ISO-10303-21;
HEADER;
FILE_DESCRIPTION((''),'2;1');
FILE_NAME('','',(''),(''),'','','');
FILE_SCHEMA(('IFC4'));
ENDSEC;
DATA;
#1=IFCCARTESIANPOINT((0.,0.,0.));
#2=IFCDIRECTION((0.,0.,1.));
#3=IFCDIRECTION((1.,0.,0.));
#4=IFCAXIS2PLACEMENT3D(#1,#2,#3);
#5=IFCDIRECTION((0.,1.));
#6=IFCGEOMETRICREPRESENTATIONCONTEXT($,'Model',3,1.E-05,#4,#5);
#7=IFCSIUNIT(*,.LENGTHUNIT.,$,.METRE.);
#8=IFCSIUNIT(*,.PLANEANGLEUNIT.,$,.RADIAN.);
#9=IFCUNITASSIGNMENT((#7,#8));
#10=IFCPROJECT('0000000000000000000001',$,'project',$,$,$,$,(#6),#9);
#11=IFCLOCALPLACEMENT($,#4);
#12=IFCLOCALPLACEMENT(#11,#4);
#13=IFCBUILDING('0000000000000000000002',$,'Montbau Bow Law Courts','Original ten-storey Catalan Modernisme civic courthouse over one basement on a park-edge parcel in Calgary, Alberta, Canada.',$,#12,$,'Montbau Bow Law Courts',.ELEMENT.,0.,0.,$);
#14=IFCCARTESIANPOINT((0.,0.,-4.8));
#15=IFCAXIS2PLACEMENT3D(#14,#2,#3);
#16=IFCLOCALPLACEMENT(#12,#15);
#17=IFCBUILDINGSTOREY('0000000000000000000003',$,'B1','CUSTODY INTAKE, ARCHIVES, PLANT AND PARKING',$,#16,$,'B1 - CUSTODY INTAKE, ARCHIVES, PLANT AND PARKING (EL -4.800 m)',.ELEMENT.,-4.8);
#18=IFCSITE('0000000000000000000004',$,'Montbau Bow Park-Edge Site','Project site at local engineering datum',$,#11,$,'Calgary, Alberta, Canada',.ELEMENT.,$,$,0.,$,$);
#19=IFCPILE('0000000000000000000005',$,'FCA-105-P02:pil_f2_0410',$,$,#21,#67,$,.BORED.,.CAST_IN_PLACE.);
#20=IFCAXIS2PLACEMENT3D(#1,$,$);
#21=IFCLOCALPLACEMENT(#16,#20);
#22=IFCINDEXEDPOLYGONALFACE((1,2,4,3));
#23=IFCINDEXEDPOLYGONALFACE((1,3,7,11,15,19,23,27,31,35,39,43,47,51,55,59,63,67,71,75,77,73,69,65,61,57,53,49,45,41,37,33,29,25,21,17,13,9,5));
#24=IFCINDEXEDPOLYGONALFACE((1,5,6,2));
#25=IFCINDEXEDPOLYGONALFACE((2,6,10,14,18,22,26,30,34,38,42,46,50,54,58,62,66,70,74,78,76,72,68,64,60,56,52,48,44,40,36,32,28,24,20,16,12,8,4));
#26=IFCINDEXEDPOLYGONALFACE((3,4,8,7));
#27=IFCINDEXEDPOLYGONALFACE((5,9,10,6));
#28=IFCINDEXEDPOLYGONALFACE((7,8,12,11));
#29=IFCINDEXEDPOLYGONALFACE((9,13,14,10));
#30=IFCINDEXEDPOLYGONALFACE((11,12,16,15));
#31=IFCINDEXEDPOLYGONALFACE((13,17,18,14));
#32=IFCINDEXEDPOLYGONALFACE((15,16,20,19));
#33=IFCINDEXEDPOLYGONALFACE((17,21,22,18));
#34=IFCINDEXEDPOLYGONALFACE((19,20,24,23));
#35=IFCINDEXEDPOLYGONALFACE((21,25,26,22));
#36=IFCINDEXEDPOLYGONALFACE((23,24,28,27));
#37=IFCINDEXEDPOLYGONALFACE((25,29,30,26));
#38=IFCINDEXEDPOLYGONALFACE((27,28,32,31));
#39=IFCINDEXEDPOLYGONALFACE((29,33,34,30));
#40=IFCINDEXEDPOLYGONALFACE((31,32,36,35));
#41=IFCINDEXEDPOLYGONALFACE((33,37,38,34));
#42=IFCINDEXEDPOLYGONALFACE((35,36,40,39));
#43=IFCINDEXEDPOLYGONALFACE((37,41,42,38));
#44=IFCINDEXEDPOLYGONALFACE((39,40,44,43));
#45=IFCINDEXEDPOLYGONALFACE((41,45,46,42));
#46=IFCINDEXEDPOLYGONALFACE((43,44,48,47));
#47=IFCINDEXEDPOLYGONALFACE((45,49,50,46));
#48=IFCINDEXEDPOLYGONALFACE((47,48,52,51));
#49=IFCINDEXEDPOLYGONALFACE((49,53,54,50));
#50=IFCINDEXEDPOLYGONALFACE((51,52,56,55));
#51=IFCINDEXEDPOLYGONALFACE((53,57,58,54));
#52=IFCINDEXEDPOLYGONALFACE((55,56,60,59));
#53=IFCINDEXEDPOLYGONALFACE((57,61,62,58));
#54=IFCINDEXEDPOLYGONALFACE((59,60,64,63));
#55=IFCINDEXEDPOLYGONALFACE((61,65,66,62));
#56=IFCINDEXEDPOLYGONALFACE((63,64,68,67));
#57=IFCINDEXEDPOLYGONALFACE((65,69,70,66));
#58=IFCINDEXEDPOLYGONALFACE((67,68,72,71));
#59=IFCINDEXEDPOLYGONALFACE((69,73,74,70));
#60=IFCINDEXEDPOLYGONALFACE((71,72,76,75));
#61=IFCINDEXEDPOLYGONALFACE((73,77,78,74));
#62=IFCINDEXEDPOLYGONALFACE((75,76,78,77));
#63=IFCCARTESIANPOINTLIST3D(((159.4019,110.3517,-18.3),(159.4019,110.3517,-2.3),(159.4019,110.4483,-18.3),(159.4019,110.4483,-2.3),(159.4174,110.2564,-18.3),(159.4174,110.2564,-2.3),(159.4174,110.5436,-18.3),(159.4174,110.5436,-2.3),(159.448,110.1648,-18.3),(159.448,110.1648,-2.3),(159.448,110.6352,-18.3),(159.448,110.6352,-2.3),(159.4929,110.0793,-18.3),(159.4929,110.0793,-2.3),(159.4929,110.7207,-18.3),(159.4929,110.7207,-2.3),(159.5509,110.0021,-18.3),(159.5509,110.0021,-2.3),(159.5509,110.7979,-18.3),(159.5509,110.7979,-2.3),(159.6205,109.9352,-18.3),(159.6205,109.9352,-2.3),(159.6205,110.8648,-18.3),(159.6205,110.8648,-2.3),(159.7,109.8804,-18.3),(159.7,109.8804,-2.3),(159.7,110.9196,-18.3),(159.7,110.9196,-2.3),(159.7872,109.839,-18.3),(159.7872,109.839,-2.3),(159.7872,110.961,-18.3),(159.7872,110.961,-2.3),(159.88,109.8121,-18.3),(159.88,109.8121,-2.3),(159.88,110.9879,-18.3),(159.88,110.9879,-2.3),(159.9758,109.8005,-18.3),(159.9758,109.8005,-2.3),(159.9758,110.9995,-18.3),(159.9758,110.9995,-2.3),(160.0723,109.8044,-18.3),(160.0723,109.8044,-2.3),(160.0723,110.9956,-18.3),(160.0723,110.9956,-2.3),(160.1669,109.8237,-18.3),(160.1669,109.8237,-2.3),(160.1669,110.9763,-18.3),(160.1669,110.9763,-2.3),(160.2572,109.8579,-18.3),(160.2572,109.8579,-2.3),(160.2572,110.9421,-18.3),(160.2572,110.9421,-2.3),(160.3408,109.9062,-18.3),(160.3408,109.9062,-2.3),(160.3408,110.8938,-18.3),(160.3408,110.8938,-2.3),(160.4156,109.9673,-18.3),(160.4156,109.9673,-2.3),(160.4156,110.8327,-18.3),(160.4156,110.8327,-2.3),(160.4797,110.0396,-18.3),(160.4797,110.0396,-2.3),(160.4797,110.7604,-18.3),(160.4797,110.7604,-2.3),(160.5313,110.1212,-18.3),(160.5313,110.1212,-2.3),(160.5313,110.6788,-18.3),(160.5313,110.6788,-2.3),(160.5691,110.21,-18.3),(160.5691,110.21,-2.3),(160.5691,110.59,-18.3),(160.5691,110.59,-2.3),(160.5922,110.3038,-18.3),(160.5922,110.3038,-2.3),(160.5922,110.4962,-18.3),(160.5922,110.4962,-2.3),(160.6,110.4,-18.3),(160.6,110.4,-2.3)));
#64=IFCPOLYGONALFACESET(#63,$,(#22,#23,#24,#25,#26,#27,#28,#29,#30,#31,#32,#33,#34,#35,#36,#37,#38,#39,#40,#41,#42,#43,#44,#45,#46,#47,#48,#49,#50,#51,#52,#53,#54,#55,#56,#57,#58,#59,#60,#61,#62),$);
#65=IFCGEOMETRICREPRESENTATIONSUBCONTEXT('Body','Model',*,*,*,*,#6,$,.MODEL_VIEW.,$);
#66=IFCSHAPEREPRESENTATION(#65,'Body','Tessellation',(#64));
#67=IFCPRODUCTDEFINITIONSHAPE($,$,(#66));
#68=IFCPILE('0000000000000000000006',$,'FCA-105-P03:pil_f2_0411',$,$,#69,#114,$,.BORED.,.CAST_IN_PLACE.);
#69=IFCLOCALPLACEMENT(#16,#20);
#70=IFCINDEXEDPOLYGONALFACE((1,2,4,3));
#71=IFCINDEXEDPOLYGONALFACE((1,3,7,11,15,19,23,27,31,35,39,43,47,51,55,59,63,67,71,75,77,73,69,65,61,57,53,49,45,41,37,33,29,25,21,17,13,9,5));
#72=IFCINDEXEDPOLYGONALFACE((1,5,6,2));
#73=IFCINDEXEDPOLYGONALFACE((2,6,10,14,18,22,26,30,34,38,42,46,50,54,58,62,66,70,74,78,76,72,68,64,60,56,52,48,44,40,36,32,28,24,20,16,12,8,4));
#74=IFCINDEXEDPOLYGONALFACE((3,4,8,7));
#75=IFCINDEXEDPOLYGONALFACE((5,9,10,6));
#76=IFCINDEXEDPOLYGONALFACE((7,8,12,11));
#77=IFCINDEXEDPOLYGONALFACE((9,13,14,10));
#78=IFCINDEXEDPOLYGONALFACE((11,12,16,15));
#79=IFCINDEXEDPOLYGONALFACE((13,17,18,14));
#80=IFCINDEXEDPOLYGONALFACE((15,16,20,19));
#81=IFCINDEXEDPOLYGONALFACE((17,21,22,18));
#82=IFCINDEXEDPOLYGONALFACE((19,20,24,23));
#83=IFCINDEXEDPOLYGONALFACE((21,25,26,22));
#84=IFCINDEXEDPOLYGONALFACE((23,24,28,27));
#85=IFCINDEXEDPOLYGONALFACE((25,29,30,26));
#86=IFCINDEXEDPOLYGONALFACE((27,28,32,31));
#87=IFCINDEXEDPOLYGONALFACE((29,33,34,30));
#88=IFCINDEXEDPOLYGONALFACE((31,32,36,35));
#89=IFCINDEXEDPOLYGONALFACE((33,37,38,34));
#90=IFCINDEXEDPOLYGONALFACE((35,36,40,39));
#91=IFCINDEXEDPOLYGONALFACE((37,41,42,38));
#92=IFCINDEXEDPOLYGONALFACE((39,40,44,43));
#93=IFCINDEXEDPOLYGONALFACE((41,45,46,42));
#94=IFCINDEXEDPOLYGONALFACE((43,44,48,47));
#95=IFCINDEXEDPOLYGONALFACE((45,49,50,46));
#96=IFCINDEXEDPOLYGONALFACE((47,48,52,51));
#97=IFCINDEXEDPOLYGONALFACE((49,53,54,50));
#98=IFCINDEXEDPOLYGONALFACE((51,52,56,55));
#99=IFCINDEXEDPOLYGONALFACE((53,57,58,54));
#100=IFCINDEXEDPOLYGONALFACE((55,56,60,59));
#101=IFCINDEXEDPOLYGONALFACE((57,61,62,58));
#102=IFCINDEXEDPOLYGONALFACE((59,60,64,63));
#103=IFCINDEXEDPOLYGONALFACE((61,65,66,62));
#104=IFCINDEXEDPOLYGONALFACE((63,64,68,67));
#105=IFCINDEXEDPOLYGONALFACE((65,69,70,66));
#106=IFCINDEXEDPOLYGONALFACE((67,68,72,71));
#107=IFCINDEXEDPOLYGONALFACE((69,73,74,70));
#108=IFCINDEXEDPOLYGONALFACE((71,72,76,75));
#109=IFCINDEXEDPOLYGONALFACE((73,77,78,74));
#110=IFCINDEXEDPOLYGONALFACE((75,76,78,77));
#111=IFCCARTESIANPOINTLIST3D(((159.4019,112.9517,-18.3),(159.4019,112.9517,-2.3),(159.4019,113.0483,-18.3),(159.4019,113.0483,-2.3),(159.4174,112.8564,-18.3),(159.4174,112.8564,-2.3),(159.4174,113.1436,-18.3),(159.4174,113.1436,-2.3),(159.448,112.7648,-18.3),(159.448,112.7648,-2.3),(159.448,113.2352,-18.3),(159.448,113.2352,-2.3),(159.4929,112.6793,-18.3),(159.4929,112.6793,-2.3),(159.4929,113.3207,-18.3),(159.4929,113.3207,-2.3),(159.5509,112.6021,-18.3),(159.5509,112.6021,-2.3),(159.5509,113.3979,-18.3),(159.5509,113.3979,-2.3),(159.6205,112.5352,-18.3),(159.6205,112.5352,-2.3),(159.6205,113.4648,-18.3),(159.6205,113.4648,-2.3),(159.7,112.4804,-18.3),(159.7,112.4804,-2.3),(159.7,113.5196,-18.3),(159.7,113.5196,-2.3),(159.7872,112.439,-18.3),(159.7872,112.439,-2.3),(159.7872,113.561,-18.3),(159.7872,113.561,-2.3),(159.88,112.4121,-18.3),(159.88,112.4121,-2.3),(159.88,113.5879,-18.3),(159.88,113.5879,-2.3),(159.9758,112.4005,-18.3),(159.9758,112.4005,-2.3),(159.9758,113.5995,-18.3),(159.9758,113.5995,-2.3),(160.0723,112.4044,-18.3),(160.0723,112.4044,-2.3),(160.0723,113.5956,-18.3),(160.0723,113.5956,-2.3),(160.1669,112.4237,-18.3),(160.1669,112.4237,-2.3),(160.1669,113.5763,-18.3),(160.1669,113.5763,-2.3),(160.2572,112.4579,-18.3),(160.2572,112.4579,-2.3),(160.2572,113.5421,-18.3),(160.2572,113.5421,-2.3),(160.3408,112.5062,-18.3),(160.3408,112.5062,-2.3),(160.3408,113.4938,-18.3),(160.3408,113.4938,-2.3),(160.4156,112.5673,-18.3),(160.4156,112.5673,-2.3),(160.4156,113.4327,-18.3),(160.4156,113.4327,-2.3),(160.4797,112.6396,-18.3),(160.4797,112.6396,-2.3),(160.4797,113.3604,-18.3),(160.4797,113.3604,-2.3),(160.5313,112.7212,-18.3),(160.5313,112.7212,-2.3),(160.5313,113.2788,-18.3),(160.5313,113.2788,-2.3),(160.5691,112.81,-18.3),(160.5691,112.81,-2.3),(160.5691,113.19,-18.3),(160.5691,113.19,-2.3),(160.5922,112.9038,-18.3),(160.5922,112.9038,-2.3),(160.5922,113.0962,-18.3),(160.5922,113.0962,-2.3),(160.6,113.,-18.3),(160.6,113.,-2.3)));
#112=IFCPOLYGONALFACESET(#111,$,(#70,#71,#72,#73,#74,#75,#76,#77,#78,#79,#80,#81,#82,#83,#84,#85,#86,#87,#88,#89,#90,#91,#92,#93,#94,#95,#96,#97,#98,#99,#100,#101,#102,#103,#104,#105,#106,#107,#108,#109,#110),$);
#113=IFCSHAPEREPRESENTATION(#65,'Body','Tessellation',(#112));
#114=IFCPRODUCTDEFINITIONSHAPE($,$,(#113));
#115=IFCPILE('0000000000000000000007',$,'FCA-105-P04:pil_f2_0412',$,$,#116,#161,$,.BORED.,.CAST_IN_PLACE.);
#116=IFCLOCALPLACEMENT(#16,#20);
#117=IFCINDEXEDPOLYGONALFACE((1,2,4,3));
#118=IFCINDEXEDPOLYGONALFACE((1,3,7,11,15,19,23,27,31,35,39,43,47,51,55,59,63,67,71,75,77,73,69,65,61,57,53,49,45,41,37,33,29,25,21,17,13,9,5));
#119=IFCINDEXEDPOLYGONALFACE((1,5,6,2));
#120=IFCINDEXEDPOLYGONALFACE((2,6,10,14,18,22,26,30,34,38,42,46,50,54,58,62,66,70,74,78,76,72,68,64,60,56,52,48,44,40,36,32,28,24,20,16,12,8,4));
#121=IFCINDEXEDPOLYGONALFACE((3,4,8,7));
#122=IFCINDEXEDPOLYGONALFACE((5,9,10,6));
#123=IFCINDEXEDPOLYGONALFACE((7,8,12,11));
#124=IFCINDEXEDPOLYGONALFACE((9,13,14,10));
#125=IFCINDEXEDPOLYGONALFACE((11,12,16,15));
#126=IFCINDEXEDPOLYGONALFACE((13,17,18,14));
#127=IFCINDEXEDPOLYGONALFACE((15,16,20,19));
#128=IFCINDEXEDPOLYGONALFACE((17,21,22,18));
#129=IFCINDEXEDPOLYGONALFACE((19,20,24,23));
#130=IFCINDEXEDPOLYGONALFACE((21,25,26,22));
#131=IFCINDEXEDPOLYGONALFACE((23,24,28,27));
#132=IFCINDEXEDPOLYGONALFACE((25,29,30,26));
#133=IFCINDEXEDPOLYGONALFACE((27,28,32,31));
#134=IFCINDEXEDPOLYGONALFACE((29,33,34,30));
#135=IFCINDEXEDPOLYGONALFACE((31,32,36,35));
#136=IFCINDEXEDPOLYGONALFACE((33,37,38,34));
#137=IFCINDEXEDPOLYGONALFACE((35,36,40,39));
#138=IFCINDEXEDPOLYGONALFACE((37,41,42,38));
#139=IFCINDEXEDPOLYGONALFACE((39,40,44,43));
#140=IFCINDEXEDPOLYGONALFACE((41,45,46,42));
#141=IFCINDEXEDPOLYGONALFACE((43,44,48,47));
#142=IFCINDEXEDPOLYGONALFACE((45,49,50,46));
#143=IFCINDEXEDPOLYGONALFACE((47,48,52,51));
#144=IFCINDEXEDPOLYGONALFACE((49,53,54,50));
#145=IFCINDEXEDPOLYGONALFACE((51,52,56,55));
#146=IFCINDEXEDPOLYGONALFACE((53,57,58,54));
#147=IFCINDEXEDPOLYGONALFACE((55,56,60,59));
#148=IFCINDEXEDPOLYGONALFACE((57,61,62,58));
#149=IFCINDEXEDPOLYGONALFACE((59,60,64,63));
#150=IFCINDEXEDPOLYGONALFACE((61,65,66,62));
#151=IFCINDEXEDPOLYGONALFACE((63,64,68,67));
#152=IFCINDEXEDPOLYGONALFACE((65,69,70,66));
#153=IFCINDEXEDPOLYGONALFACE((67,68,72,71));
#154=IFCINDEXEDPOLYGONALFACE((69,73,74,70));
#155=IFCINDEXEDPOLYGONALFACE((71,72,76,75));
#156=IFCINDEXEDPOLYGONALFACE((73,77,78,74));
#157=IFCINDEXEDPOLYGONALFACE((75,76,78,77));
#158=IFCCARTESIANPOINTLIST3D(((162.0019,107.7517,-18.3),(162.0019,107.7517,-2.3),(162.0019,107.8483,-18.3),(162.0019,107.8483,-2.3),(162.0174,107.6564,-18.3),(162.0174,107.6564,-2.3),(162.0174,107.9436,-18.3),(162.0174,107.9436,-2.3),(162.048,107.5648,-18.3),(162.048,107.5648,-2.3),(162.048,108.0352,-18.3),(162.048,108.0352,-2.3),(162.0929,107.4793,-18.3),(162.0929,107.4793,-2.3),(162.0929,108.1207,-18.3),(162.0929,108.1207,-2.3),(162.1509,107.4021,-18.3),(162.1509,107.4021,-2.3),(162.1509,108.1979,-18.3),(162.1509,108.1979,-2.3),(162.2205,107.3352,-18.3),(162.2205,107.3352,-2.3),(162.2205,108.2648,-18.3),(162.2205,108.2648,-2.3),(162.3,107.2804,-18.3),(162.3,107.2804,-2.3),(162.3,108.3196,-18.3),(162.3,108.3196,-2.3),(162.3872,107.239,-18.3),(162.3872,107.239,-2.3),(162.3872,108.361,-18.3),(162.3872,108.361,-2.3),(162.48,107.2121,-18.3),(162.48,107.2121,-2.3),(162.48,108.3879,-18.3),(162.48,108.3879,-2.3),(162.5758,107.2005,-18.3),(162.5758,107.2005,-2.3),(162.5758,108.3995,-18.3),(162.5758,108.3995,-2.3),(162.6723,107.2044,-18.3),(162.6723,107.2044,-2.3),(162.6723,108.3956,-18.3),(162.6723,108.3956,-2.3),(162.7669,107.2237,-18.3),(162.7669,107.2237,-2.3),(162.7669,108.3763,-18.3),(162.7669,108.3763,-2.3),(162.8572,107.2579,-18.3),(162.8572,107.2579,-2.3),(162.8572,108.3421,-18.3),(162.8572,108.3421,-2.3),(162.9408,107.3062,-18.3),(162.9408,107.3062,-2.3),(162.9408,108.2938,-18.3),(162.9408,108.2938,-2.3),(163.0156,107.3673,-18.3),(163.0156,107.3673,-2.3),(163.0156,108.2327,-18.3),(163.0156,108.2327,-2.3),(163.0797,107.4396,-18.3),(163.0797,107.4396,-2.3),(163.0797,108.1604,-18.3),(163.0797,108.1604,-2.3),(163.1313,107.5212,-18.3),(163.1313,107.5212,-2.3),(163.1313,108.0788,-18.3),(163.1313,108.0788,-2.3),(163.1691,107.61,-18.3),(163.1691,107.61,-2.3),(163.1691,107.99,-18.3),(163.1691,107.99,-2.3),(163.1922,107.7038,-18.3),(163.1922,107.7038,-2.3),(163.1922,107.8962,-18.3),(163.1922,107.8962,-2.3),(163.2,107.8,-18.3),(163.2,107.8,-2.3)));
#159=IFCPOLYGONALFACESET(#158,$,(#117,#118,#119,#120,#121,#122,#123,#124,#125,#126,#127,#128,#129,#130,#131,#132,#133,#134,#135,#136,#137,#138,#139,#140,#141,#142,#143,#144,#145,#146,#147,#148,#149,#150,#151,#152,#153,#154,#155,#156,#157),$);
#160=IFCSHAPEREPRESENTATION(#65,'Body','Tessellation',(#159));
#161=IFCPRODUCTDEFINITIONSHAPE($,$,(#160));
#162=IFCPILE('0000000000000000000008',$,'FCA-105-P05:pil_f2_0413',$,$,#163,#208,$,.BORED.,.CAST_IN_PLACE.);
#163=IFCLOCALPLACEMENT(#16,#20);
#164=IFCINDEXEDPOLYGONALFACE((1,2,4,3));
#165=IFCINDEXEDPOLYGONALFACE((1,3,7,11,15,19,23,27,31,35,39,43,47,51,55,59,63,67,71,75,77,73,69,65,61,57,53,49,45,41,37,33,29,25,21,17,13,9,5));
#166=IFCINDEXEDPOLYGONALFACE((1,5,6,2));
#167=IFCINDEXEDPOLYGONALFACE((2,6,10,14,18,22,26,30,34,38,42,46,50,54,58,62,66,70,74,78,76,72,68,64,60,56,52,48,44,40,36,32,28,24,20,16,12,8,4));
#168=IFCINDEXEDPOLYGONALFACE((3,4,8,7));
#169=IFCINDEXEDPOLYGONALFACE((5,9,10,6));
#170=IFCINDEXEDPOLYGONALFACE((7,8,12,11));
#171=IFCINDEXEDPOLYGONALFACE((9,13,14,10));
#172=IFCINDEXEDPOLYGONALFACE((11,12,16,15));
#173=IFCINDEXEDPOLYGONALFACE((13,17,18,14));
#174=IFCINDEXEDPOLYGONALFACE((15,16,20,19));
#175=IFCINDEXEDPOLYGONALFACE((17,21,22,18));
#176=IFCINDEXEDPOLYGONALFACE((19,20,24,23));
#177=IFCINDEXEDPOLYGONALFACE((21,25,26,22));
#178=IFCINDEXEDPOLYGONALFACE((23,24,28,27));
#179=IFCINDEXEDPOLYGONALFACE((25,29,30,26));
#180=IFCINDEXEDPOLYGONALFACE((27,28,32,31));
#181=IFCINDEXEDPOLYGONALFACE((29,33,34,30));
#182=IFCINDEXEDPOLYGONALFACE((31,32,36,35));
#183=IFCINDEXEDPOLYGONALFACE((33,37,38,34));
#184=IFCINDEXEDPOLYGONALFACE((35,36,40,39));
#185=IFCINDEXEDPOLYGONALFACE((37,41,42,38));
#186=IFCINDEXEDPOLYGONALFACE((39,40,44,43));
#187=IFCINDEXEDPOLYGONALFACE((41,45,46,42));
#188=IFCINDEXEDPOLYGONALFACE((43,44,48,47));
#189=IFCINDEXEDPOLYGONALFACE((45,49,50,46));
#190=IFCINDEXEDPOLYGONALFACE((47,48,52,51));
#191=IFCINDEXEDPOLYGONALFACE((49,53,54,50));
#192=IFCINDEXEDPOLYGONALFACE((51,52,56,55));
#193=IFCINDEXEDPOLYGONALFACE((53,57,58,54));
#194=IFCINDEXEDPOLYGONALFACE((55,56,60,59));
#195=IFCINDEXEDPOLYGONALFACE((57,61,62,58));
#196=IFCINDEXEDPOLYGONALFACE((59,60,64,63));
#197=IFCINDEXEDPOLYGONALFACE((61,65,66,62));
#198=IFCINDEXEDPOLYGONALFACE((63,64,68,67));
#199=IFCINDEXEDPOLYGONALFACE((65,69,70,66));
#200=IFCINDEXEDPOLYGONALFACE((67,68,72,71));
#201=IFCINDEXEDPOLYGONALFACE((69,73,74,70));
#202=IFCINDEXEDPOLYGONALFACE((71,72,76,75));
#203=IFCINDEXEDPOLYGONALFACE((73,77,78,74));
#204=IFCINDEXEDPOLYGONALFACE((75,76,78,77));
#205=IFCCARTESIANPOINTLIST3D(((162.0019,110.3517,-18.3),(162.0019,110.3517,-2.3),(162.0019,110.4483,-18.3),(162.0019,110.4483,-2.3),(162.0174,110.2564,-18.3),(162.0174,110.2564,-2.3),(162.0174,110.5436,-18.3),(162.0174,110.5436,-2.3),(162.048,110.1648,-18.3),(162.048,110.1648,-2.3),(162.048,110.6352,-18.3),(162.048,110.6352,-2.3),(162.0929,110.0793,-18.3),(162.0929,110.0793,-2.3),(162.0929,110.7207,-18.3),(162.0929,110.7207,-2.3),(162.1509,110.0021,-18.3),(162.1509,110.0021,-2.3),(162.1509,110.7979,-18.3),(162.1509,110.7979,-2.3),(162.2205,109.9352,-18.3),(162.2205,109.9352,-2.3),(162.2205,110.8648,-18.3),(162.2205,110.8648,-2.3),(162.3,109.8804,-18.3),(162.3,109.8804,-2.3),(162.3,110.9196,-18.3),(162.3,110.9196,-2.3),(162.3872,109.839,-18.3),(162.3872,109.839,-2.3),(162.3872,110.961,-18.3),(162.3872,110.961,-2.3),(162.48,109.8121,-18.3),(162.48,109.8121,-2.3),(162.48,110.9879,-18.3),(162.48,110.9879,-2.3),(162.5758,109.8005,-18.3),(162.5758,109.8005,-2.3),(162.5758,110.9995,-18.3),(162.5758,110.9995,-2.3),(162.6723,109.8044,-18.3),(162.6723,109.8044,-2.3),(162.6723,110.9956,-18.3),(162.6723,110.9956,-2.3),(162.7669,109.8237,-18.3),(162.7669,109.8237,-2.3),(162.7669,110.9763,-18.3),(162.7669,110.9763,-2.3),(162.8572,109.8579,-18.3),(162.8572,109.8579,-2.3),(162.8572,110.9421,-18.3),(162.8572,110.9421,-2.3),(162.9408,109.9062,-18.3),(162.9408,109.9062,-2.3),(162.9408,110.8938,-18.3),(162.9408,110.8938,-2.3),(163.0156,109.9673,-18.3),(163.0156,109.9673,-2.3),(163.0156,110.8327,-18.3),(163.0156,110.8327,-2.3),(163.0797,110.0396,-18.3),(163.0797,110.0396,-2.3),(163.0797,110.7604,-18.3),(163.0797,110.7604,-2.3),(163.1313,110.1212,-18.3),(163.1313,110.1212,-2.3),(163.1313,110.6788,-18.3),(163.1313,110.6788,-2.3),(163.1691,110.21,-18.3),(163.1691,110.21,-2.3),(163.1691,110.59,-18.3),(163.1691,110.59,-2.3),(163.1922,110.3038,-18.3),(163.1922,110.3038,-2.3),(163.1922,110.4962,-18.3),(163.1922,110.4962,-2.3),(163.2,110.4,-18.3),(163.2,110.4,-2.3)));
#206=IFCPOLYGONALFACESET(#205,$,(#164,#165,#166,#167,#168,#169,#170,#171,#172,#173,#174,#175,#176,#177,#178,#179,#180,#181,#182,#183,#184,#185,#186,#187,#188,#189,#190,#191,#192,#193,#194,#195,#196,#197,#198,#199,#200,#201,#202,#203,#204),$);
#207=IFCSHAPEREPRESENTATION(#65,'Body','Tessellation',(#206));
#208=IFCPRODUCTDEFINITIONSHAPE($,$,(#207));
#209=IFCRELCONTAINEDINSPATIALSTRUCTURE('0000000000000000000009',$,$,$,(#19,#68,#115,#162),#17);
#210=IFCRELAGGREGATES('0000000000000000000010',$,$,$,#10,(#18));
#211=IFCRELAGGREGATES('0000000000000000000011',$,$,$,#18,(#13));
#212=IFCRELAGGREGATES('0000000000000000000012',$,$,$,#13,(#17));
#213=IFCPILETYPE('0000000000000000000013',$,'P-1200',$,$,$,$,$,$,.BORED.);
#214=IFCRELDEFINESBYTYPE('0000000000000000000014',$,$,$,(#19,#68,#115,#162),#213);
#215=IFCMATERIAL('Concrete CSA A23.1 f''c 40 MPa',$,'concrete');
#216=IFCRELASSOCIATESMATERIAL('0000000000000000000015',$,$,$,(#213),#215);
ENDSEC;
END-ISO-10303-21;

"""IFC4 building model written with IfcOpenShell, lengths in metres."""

from ifc_helpers import new_model, si_unit, direction, frame, origin_with_axes, origin_2d_with_axis, place, context, subcontext, project, spatial, circle, extrude, material, material_profile, profile_set, type_object, element, save


model = new_model("IFC4")

# Units and contexts
model_context = context("Model", 3, precision=1e-05, world=origin_with_axes(), true_north=direction((0.0, 1.0)))
body_context = subcontext(model_context, "Body", "Model", "MODEL_VIEW")
ifc_project = project(units=[si_unit("LENGTHUNIT", "METRE"), si_unit("PLANEANGLEUNIT", "RADIAN")], contexts=[model_context])

# Site, building, storey
site_placement = place(None, origin_with_axes())
site = spatial("IfcSite", under=ifc_project, at=site_placement, Name="Montbau Bow Park-Edge Site", Description="Project site at local engineering datum", LongName="Calgary, Alberta, Canada", CompositionType="ELEMENT", RefElevation=0.0)
building_placement = place(site_placement, origin_with_axes())
building = spatial("IfcBuilding", under=site, at=building_placement, Name="Montbau Bow Law Courts", Description="Original ten-storey Catalan Modernisme civic courthouse over one basement on a park-edge parcel in Calgary, Alberta, Canada.", LongName="Montbau Bow Law Courts", CompositionType="ELEMENT", ElevationOfRefHeight=0.0, ElevationOfTerrain=0.0)
storey_placement = place(building_placement, frame((0.0, 0.0, -4.8), z_axis=(0.0, 0.0, 1.0), x_axis=(1.0, 0.0, 0.0)))
storey = spatial("IfcBuildingStorey", under=building, at=storey_placement, Name="B1", Description="CUSTODY INTAKE, ARCHIVES, PLANT AND PARKING", LongName="B1 - CUSTODY INTAKE, ARCHIVES, PLANT AND PARKING (EL -4.800 m)", CompositionType="ELEMENT", Elevation=-4.8)

# Piles
ifc_material_1 = material(Name="Concrete CSA A23.1 f'c 40 MPa", Category="concrete")
ifc_material_profile_1 = material_profile(ifc_material_1, circle(Radius=0.6, at=origin_2d_with_axis()), Name="BP1200", Category="Main", Priority=0)
ifc_profile_set_1 = profile_set([ifc_material_profile_1], Name="Concrete CSA A23.1 f'c 40 MPa")
pile_type_1 = type_object("IfcPileType", Name="P-1200", PredefinedType="BORED", material=ifc_profile_set_1)
for number, where, z_axis, x_axis, name in (
    (1, (160.0, 110.4, -23.1), (0.0, 0.0, 1.0), (1.0, 0.0, 0.0), "FCA-105-P02:pil_f2_0410"),
    (2, (160.0, 113.0, -23.1), (0.0, 0.0, 1.0), (1.0, 0.0, 0.0), "FCA-105-P03:pil_f2_0411"),
    (3, (162.6, 107.8, -23.1), (0.0, 0.0, 1.0), (1.0, 0.0, 0.0), "FCA-105-P04:pil_f2_0412"),
    (4, (162.6, 110.4, -23.1), (0.0, 0.0, 1.0), (1.0, 0.0, 0.0), "FCA-105-P05:pil_f2_0413"),
):
    element("IfcPile", number, at=place(None, frame(where, z_axis=z_axis, x_axis=x_axis)), inside=storey, type_object=pile_type_1, Name=name, ConstructionType="CAST_IN_PLACE", PredefinedType="BORED", context=body_context, shape_type="SweptSolid", body=[
        extrude(circle(Radius=0.6, at=origin_2d_with_axis()), origin_with_axes(), (0.0, 0.0, 1.0), 16.0),
    ])

save(model, "model.ifc")
